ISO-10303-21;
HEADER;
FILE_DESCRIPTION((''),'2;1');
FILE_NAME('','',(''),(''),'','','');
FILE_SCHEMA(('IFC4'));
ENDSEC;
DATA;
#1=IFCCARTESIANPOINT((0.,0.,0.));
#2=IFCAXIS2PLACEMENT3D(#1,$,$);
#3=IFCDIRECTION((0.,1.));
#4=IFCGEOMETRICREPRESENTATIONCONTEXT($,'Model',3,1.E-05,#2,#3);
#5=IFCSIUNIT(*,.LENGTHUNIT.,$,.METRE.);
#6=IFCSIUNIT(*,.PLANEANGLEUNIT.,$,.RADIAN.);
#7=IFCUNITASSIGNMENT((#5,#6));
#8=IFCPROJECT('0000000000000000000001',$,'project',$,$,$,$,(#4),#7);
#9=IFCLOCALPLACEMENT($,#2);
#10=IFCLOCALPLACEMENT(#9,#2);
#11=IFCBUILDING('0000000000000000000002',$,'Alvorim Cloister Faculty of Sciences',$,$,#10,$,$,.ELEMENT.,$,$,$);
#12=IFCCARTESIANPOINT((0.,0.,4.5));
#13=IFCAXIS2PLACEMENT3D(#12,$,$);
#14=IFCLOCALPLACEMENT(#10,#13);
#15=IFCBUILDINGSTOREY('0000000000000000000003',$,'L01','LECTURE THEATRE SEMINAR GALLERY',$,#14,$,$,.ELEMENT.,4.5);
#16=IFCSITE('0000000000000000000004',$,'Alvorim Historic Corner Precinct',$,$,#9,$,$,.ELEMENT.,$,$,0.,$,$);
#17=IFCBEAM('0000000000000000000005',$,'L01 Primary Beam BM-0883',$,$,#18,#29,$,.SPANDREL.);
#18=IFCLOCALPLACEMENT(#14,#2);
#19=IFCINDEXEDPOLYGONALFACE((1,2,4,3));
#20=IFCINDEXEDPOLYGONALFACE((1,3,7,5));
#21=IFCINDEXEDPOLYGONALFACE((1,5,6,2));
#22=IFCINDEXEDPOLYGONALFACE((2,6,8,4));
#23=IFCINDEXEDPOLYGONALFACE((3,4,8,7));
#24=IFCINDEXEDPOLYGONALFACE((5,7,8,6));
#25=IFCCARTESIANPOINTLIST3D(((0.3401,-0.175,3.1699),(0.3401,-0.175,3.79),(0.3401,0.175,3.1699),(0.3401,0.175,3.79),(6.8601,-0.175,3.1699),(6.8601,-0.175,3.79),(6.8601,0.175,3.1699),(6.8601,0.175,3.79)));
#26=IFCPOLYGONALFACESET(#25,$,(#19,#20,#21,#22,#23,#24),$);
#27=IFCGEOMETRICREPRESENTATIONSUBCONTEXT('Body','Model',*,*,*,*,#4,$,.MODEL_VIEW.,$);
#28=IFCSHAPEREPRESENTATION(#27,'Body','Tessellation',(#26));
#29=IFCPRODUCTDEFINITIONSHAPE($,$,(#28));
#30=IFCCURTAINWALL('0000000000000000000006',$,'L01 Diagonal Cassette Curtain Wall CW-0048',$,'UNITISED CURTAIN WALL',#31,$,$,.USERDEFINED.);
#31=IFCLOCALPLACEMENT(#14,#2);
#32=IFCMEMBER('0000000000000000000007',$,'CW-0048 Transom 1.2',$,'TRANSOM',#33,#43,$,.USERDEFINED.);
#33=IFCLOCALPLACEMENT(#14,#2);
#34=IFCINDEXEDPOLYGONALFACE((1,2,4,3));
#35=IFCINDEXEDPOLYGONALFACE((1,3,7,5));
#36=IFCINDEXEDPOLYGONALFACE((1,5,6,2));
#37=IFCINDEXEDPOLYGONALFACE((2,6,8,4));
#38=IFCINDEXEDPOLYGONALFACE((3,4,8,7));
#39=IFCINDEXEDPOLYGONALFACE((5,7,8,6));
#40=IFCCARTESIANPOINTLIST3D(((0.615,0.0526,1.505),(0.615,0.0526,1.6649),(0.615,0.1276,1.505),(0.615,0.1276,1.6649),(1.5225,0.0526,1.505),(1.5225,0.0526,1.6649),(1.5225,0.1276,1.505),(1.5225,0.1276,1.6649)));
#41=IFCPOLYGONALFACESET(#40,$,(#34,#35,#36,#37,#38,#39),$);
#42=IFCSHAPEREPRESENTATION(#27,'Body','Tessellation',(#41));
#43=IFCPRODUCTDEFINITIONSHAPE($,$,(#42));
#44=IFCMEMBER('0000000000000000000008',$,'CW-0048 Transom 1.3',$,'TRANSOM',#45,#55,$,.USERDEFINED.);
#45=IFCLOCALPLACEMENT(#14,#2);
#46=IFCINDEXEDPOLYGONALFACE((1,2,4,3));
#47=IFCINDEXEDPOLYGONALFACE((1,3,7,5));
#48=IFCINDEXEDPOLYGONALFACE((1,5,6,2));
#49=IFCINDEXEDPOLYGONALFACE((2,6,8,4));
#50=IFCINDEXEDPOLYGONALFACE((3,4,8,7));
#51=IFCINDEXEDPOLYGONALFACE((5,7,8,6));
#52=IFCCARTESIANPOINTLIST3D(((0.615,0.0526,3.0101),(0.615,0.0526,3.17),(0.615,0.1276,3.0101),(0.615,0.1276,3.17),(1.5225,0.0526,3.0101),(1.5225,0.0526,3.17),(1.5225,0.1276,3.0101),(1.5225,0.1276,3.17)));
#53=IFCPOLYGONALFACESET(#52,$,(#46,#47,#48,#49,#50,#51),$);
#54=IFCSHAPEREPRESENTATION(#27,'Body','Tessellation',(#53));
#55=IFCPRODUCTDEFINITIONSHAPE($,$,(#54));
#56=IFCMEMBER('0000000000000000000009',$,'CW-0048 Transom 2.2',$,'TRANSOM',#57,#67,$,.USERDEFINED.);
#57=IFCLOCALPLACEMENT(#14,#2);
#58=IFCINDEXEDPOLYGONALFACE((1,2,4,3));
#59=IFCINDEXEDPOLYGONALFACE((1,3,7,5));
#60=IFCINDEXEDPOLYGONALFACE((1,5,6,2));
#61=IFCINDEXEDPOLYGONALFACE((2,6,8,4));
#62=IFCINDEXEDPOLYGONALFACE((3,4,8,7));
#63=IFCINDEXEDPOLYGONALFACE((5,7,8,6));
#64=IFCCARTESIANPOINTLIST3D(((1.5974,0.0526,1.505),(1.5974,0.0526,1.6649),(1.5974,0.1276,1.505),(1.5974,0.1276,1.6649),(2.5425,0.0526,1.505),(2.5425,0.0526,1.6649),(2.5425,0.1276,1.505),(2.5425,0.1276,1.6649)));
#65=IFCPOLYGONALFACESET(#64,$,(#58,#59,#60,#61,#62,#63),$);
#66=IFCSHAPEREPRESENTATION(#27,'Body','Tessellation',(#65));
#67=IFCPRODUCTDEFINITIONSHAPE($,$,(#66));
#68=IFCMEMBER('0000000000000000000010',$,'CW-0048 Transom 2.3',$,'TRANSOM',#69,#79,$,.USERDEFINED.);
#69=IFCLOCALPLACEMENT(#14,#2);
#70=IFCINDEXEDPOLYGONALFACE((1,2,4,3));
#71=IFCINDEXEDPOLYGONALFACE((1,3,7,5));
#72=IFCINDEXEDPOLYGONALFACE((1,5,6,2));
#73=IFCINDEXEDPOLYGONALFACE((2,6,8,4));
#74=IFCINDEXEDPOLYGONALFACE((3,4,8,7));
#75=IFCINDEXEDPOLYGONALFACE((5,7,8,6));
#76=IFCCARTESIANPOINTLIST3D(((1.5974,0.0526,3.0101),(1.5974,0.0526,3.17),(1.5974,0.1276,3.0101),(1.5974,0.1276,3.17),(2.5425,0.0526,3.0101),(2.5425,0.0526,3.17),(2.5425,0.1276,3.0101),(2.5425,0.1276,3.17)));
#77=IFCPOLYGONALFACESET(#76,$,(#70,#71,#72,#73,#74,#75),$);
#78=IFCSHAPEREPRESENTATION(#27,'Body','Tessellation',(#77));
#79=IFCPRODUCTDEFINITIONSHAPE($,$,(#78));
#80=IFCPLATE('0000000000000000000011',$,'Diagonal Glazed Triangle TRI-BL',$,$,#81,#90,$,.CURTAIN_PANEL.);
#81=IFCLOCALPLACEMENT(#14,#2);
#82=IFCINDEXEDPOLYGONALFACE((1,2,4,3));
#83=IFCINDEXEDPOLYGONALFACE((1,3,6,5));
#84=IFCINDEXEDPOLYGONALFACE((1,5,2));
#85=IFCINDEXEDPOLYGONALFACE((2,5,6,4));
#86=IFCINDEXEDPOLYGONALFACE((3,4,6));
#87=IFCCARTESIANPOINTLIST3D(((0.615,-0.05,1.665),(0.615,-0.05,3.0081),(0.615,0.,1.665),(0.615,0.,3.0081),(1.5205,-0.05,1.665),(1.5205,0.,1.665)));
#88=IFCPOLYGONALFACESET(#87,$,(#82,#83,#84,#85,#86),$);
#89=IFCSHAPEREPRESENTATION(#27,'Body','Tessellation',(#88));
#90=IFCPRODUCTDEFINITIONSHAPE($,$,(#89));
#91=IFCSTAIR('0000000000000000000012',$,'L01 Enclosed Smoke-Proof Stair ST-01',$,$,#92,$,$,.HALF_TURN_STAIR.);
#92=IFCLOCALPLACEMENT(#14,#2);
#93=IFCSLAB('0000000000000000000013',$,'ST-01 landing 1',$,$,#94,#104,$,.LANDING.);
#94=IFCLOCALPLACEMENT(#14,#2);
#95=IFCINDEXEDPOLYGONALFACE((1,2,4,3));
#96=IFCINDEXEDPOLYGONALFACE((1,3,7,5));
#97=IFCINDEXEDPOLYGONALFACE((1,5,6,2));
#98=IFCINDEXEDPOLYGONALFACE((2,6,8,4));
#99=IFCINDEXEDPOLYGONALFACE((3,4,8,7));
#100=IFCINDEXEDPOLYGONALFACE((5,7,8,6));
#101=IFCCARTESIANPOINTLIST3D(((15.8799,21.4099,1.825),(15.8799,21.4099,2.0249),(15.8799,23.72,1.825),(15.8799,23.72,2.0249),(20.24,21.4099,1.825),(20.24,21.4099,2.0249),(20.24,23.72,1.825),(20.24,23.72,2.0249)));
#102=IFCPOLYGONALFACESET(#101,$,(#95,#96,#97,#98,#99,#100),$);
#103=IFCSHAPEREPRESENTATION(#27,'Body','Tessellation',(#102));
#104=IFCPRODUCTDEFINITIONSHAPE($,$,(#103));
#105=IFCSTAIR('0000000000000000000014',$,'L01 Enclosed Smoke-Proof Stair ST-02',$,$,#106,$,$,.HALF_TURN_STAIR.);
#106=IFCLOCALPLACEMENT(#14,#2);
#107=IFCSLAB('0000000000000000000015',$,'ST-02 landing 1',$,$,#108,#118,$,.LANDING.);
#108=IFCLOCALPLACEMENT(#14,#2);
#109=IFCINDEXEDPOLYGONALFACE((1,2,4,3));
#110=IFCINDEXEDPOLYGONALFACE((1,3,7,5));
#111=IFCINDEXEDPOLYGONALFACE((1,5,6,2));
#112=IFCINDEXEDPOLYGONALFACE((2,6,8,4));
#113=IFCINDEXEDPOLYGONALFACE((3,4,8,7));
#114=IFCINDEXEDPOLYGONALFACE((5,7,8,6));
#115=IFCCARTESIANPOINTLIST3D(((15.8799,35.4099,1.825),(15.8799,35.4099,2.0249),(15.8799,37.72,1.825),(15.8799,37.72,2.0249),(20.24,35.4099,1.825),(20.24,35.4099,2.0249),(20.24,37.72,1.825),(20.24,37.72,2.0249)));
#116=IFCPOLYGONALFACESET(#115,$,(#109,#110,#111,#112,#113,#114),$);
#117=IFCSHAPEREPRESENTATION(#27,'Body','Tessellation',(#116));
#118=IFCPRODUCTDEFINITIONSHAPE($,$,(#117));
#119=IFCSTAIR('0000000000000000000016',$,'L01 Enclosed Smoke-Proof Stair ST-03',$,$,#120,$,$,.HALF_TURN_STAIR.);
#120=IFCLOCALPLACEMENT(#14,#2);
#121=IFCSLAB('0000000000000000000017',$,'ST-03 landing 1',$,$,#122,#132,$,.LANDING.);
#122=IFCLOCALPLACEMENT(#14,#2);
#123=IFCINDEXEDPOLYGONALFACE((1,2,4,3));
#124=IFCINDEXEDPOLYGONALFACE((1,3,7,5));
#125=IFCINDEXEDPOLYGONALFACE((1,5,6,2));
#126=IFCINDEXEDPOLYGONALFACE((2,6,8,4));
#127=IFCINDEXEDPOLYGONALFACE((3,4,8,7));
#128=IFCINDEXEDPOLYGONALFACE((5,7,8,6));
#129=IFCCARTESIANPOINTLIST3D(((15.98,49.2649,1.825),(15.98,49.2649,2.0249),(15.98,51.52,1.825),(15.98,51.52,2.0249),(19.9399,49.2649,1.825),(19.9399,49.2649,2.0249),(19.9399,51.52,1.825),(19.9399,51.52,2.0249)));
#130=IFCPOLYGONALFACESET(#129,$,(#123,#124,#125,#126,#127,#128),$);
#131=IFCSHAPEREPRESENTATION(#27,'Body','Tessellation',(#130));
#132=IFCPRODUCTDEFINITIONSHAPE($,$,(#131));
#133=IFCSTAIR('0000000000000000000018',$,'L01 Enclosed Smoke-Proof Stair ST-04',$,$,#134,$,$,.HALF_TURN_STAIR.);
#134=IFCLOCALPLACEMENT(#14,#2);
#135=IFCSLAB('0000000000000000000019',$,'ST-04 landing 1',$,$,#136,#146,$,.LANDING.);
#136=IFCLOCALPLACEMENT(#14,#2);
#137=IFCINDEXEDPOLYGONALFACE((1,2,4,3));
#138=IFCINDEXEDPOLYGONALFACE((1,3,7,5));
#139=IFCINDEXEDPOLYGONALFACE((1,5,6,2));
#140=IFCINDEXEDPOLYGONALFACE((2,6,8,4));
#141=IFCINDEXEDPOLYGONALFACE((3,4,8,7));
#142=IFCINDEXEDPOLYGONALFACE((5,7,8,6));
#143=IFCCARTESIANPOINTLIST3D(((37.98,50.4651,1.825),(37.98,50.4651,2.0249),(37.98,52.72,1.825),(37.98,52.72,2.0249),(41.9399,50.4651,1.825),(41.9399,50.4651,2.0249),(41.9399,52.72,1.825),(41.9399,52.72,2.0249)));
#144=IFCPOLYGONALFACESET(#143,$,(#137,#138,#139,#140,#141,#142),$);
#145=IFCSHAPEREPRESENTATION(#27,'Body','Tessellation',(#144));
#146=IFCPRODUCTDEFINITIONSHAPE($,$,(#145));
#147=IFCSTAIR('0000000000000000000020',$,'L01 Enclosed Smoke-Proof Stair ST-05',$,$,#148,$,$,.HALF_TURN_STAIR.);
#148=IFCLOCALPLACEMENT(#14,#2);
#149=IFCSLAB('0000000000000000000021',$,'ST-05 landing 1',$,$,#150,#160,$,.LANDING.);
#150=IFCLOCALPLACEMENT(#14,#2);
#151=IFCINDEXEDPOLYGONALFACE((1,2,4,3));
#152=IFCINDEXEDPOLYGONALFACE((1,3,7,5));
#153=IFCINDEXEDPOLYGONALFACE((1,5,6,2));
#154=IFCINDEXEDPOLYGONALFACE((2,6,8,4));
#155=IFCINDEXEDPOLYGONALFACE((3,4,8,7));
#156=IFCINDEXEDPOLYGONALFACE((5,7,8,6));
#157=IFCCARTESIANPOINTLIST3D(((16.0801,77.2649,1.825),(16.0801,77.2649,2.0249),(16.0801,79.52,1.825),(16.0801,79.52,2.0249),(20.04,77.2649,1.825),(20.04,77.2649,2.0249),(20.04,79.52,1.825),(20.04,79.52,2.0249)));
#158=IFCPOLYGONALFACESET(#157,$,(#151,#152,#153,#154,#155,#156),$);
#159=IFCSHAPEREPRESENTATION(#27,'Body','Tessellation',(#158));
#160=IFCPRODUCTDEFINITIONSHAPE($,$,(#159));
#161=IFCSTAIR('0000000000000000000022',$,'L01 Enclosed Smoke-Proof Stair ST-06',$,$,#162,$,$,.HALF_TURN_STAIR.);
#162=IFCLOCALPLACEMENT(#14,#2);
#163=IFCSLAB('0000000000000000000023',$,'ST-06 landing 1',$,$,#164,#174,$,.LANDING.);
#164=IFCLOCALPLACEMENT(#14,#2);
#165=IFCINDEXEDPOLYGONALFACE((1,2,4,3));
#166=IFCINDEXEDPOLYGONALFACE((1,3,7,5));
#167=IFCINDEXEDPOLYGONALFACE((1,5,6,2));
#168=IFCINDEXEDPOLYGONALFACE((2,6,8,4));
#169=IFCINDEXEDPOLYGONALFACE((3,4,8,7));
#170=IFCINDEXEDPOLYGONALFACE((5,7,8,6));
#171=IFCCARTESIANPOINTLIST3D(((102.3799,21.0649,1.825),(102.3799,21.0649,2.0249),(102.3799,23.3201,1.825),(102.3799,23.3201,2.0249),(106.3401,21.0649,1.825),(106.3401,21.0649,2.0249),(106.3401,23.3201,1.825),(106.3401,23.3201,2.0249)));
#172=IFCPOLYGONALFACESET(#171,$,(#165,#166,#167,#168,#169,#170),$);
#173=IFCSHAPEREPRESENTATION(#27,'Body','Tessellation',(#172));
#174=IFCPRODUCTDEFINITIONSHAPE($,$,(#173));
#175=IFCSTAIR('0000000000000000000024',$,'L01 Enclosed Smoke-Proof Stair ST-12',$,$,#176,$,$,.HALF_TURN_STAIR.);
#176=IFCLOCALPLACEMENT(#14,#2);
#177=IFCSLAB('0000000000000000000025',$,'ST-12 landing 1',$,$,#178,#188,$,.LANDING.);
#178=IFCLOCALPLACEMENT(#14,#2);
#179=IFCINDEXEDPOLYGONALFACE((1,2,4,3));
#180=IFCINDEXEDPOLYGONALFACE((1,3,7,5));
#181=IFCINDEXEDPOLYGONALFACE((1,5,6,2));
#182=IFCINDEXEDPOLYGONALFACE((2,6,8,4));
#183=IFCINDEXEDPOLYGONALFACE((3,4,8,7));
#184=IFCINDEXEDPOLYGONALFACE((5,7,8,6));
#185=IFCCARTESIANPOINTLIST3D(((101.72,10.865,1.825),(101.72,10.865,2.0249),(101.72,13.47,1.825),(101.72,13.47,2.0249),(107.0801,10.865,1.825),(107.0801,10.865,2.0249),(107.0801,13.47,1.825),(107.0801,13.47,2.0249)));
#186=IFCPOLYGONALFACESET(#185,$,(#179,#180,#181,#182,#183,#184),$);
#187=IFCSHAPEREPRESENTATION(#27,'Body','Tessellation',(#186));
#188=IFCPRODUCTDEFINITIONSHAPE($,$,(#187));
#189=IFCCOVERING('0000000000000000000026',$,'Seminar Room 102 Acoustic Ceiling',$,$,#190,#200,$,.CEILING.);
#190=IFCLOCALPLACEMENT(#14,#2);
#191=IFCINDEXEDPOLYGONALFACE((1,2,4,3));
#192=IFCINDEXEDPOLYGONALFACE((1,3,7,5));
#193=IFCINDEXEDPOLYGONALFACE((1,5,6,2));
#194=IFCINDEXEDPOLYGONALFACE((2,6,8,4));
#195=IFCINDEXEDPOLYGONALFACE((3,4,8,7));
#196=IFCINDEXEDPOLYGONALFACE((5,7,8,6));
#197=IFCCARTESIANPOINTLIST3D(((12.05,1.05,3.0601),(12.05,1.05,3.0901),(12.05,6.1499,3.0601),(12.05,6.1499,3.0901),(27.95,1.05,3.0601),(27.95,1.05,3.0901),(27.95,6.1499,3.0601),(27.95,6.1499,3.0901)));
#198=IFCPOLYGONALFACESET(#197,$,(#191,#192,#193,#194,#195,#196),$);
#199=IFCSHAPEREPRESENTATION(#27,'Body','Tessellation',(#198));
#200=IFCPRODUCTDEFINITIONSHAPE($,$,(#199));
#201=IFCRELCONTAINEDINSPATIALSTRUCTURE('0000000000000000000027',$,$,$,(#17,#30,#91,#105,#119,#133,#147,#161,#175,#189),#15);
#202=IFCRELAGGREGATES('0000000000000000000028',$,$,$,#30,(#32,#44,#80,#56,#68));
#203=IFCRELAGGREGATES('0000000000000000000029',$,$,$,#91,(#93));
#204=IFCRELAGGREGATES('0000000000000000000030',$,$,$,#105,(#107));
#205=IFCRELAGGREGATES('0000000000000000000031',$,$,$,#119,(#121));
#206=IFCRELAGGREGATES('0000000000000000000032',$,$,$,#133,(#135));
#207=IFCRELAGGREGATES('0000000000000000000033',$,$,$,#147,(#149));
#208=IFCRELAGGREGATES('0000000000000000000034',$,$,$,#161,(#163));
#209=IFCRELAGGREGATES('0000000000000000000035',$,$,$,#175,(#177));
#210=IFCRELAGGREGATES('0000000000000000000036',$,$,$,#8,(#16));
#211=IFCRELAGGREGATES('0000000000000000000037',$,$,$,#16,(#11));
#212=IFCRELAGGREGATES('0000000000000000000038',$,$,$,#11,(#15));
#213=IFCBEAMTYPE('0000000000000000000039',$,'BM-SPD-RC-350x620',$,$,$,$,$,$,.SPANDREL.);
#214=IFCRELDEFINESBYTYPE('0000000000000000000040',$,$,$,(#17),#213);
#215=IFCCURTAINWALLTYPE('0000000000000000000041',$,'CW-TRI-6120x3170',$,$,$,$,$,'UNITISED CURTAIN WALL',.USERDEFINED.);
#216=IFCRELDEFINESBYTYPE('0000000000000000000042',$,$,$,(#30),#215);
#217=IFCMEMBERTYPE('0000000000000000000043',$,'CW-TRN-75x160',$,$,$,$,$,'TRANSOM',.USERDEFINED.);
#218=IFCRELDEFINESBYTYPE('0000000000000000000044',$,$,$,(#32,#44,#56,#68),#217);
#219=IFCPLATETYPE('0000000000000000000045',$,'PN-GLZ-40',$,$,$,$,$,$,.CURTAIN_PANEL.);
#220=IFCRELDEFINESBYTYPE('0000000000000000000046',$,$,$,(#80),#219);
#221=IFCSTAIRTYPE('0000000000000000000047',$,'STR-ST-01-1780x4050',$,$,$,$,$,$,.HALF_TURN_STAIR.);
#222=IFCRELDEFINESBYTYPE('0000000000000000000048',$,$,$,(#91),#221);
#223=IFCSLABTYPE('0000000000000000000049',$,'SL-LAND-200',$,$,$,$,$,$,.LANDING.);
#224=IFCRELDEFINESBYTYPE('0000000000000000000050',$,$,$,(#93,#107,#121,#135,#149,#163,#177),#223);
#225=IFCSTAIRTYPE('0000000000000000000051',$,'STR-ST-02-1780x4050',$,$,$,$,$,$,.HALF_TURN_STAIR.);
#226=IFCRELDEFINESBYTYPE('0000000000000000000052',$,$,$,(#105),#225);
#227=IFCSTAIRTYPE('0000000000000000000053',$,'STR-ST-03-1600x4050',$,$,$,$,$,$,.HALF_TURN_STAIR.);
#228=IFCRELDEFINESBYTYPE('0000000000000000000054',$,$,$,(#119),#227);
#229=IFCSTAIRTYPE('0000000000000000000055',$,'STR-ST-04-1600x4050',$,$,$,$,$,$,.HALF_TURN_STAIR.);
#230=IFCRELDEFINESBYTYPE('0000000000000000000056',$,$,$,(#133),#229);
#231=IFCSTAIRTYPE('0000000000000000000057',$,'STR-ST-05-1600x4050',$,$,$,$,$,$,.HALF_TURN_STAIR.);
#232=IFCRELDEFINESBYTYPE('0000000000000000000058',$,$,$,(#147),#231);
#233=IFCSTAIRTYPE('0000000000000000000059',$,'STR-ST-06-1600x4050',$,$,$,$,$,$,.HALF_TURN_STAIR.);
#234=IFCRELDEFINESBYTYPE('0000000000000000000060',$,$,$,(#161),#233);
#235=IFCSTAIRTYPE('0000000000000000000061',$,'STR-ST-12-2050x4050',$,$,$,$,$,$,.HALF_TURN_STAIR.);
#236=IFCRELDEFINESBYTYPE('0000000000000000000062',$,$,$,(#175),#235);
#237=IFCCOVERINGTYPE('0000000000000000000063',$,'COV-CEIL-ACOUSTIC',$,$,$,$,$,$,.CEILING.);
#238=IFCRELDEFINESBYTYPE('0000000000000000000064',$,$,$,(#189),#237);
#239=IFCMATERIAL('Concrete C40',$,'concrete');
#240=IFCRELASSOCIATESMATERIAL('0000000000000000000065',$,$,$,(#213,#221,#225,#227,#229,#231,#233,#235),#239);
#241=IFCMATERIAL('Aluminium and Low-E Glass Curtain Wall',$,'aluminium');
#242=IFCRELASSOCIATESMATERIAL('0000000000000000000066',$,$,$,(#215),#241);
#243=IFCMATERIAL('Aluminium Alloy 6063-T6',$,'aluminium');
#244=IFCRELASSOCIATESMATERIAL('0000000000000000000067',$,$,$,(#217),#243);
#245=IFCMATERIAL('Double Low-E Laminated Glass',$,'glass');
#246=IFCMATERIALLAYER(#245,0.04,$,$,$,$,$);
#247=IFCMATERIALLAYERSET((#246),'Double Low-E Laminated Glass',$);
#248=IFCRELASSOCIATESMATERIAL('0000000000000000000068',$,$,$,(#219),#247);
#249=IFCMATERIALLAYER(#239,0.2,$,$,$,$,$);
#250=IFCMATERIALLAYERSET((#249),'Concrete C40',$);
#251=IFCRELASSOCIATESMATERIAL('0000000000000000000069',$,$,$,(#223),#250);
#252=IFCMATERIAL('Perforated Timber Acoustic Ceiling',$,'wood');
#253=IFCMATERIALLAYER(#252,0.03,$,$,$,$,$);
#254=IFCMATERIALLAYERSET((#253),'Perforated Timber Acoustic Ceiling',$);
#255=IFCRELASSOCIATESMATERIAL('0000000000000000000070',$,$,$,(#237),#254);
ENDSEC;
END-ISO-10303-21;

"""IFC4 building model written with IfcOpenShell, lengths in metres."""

from ifc_helpers import new_model, si_unit, direction, frame, origin, origin_2d, place, context, subcontext, project, spatial, polyline, rectangle, outline, extrude, material, layer, layer_set, material_profile, profile_set, type_object, element, aggregate, save


model = new_model("IFC4")

# Units and contexts
model_context = context("Model", 3, precision=1e-05, world=origin(), true_north=direction((0.0, 1.0)))
body_context = subcontext(model_context, "Body", "Model", "MODEL_VIEW")
ifc_project = project(units=[si_unit("LENGTHUNIT", "METRE"), si_unit("PLANEANGLEUNIT", "RADIAN")], contexts=[model_context])

# Site, building, storey
site_placement = place(None, origin())
site = spatial("IfcSite", under=ifc_project, at=site_placement, Name="Alvorim Historic Corner Precinct", CompositionType="ELEMENT", RefElevation=0.0)
building_placement = place(site_placement, origin())
building = spatial("IfcBuilding", under=site, at=building_placement, Name="Alvorim Cloister Faculty of Sciences", CompositionType="ELEMENT")
storey_placement = place(building_placement, frame((0.0, 0.0, 4.5)))
storey = spatial("IfcBuildingStorey", under=building, at=storey_placement, Name="L01", Description="LECTURE THEATRE SEMINAR GALLERY", CompositionType="ELEMENT", Elevation=4.5)

# Beam
ifc_material_1 = material(Name="Concrete C40", Category="concrete")
ifc_material_profile_1 = material_profile(ifc_material_1, rectangle(XDim=0.3501, YDim=0.6201, at=origin_2d()), Name="RC40-SPD-350x620")
ifc_profile_set_1 = profile_set([ifc_material_profile_1], Name="Concrete C40")
beam_type = type_object("IfcBeamType", Name="BM-SPD-RC-350x620", PredefinedType="SPANDREL", material=ifc_profile_set_1)
beam_placement = place(storey_placement, frame((0.3401, 0.0, 3.48), z_axis=(1.0, 0.0, 0.0), x_axis=(0.0, 1.0, 0.0)))
element("IfcBeam", 1, at=beam_placement, inside=storey, type_object=beam_type, Name="L01 Primary Beam BM-0883", PredefinedType="SPANDREL", context=body_context, shape_type="SweptSolid", body=[
    extrude(rectangle(XDim=0.3501, YDim=0.6201, at=origin_2d()), origin(), (0.0, 0.0, 1.0), 6.52),
])

# Curtain wall, members, plate
ifc_material_2 = material(Name="Aluminium and Low-E Glass Curtain Wall", Category="aluminium")
curtain_wall_type = type_object("IfcCurtainWallType", Name="CW-TRI-6120x3170", ElementType="UNITISED CURTAIN WALL", PredefinedType="USERDEFINED", material=ifc_material_2)
curtain_wall_placement = place(storey_placement, origin())
curtain_wall = element("IfcCurtainWall", 2, at=curtain_wall_placement, inside=storey, type_object=curtain_wall_type, Name="L01 Diagonal Cassette Curtain Wall CW-0048", ObjectType="UNITISED CURTAIN WALL", PredefinedType="USERDEFINED")
ifc_material_3 = material(Name="Aluminium Alloy 6063-T6", Category="aluminium")
ifc_material_profile_2 = material_profile(ifc_material_3, rectangle(XDim=0.075, YDim=0.1599, at=origin_2d()), Name="ALU-TRN-75x160")
ifc_profile_set_2 = profile_set([ifc_material_profile_2], Name="Aluminium Alloy 6063-T6")
member_type = type_object("IfcMemberType", Name="CW-TRN-75x160", ElementType="TRANSOM", PredefinedType="USERDEFINED", material=ifc_profile_set_2)
member_1_placement = place(storey_placement, frame((0.615, 0.0901, 1.585), z_axis=(1.0, 0.0, 0.0), x_axis=(0.0, 1.0, 0.0)))
member_1 = element("IfcMember", 3, at=member_1_placement, type_object=member_type, Name="CW-0048 Transom 1.2", ObjectType="TRANSOM", PredefinedType="USERDEFINED", context=body_context, shape_type="SweptSolid", body=[
    extrude(rectangle(XDim=0.075, YDim=0.1599, at=origin_2d()), origin(), (0.0, 0.0, 1.0), 0.9075),
])
member_2_placement = place(storey_placement, frame((0.615, 0.0901, 3.0901), z_axis=(1.0, 0.0, 0.0), x_axis=(0.0, 1.0, 0.0)))
member_2 = element("IfcMember", 4, at=member_2_placement, type_object=member_type, Name="CW-0048 Transom 1.3", ObjectType="TRANSOM", PredefinedType="USERDEFINED", context=body_context, shape_type="SweptSolid", body=[
    extrude(rectangle(XDim=0.075, YDim=0.1599, at=origin_2d()), origin(), (0.0, 0.0, 1.0), 0.9075),
])
member_3_placement = place(storey_placement, frame((1.5974, 0.0901, 1.585), z_axis=(1.0, 0.0, 0.0), x_axis=(0.0, 1.0, 0.0)))
member_3 = element("IfcMember", 5, at=member_3_placement, type_object=member_type, Name="CW-0048 Transom 2.2", ObjectType="TRANSOM", PredefinedType="USERDEFINED", context=body_context, shape_type="SweptSolid", body=[
    extrude(rectangle(XDim=0.075, YDim=0.1599, at=origin_2d()), origin(), (0.0, 0.0, 1.0), 0.9451),
])
member_4_placement = place(storey_placement, frame((1.5974, 0.0901, 3.0901), z_axis=(1.0, 0.0, 0.0), x_axis=(0.0, 1.0, 0.0)))
member_4 = element("IfcMember", 6, at=member_4_placement, type_object=member_type, Name="CW-0048 Transom 2.3", ObjectType="TRANSOM", PredefinedType="USERDEFINED", context=body_context, shape_type="SweptSolid", body=[
    extrude(rectangle(XDim=0.075, YDim=0.1599, at=origin_2d()), origin(), (0.0, 0.0, 1.0), 0.9451),
])
ifc_material_4 = material(Name="Double Low-E Laminated Glass", Category="glass")
ifc_layer_1 = layer(ifc_material_4, 0.04)
ifc_layer_set_1 = layer_set([ifc_layer_1], Name="Double Low-E Laminated Glass")
plate_type = type_object("IfcPlateType", Name="PN-GLZ-40", PredefinedType="CURTAIN_PANEL", material=ifc_layer_set_1)
plate_1_placement = place(storey_placement, frame((0.615, -0.0249, 1.665), z_axis=(0.0, 0.0, 1.0), x_axis=(1.0, 0.0, 0.0)))
plate_1 = element("IfcPlate", 7, at=plate_1_placement, type_object=plate_type, Name="Diagonal Glazed Triangle TRI-BL", PredefinedType="CURTAIN_PANEL", context=body_context, shape_type="SweptSolid", body=[
    extrude(outline(polyline([(0.0, 0.0), (0.9055, 0.0), (0.0, 1.343), (0.0, 0.0)])), frame((0.0, 0.0249, 0.0), z_axis=(0.0, -1.0, 0.0), x_axis=(1.0, 0.0, 0.0)), (0.0, 0.0, 1.0), 0.05),
])
aggregate(curtain_wall, [member_1, member_2, plate_1, member_3, member_4])

# Stairs, slabs
stair_type_1 = type_object("IfcStairType", Name="STR-ST-01-1780x4050", PredefinedType="HALF_TURN_STAIR", material=ifc_material_1)
stair_1_placement = place(storey_placement, origin())
stair_1 = element("IfcStair", 8, at=stair_1_placement, inside=storey, type_object=stair_type_1, Name="L01 Enclosed Smoke-Proof Stair ST-01", PredefinedType="HALF_TURN_STAIR")
ifc_layer_2 = layer(ifc_material_1, 0.2)
ifc_layer_set_2 = layer_set([ifc_layer_2], Name="Concrete C40")
slab_type = type_object("IfcSlabType", Name="SL-LAND-200", PredefinedType="LANDING", material=ifc_layer_set_2)
slab_1_placement = place(storey_placement, frame((0.0, 0.0, 1.825)))
slab_1 = element("IfcSlab", 9, at=slab_1_placement, type_object=slab_type, Name="ST-01 landing 1", PredefinedType="LANDING", context=body_context, shape_type="SweptSolid", body=[
    extrude(outline(polyline([(20.24, 21.4099), (20.24, 23.72), (15.8799, 23.72), (15.8799, 21.4099), (20.24, 21.4099)])), origin(), (0.0, 0.0, 1.0), 0.2),
])
aggregate(stair_1, [slab_1])
stair_type_2 = type_object("IfcStairType", Name="STR-ST-02-1780x4050", PredefinedType="HALF_TURN_STAIR", material=ifc_material_1)
stair_2_placement = place(storey_placement, origin())
stair_2 = element("IfcStair", 10, at=stair_2_placement, inside=storey, type_object=stair_type_2, Name="L01 Enclosed Smoke-Proof Stair ST-02", PredefinedType="HALF_TURN_STAIR")
slab_2_placement = place(storey_placement, frame((0.0, 0.0, 1.825)))
slab_2 = element("IfcSlab", 11, at=slab_2_placement, type_object=slab_type, Name="ST-02 landing 1", PredefinedType="LANDING", context=body_context, shape_type="SweptSolid", body=[
    extrude(outline(polyline([(20.24, 35.4099), (20.24, 37.72), (15.8799, 37.72), (15.8799, 35.4099), (20.24, 35.4099)])), origin(), (0.0, 0.0, 1.0), 0.2),
])
aggregate(stair_2, [slab_2])
stair_type_3 = type_object("IfcStairType", Name="STR-ST-03-1600x4050", PredefinedType="HALF_TURN_STAIR", material=ifc_material_1)
stair_3_placement = place(storey_placement, origin())
stair_3 = element("IfcStair", 12, at=stair_3_placement, inside=storey, type_object=stair_type_3, Name="L01 Enclosed Smoke-Proof Stair ST-03", PredefinedType="HALF_TURN_STAIR")
slab_3_placement = place(storey_placement, frame((0.0, 0.0, 1.825)))
slab_3 = element("IfcSlab", 13, at=slab_3_placement, type_object=slab_type, Name="ST-03 landing 1", PredefinedType="LANDING", context=body_context, shape_type="SweptSolid", body=[
    extrude(outline(polyline([(19.9399, 49.2649), (19.9399, 51.52), (15.98, 51.52), (15.98, 49.2649), (19.9399, 49.2649)])), origin(), (0.0, 0.0, 1.0), 0.2),
])
aggregate(stair_3, [slab_3])
stair_type_4 = type_object("IfcStairType", Name="STR-ST-04-1600x4050", PredefinedType="HALF_TURN_STAIR", material=ifc_material_1)
stair_4_placement = place(storey_placement, origin())
stair_4 = element("IfcStair", 14, at=stair_4_placement, inside=storey, type_object=stair_type_4, Name="L01 Enclosed Smoke-Proof Stair ST-04", PredefinedType="HALF_TURN_STAIR")
slab_4_placement = place(storey_placement, frame((0.0, 0.0, 1.825)))
slab_4 = element("IfcSlab", 15, at=slab_4_placement, type_object=slab_type, Name="ST-04 landing 1", PredefinedType="LANDING", context=body_context, shape_type="SweptSolid", body=[
    extrude(outline(polyline([(41.9399, 50.4651), (41.9399, 52.72), (37.98, 52.72), (37.98, 50.4651), (41.9399, 50.4651)])), origin(), (0.0, 0.0, 1.0), 0.2),
])
aggregate(stair_4, [slab_4])
stair_type_5 = type_object("IfcStairType", Name="STR-ST-05-1600x4050", PredefinedType="HALF_TURN_STAIR", material=ifc_material_1)
stair_5_placement = place(storey_placement, origin())
stair_5 = element("IfcStair", 16, at=stair_5_placement, inside=storey, type_object=stair_type_5, Name="L01 Enclosed Smoke-Proof Stair ST-05", PredefinedType="HALF_TURN_STAIR")
slab_5_placement = place(storey_placement, frame((0.0, 0.0, 1.825)))
slab_5 = element("IfcSlab", 17, at=slab_5_placement, type_object=slab_type, Name="ST-05 landing 1", PredefinedType="LANDING", context=body_context, shape_type="SweptSolid", body=[
    extrude(outline(polyline([(20.04, 77.2649), (20.04, 79.52), (16.0801, 79.52), (16.0801, 77.2649), (20.04, 77.2649)])), origin(), (0.0, 0.0, 1.0), 0.2),
])
aggregate(stair_5, [slab_5])
stair_type_6 = type_object("IfcStairType", Name="STR-ST-06-1600x4050", PredefinedType="HALF_TURN_STAIR", material=ifc_material_1)
stair_6_placement = place(storey_placement, origin())
stair_6 = element("IfcStair", 18, at=stair_6_placement, inside=storey, type_object=stair_type_6, Name="L01 Enclosed Smoke-Proof Stair ST-06", PredefinedType="HALF_TURN_STAIR")
slab_6_placement = place(storey_placement, frame((0.0, 0.0, 1.825)))
slab_6 = element("IfcSlab", 19, at=slab_6_placement, type_object=slab_type, Name="ST-06 landing 1", PredefinedType="LANDING", context=body_context, shape_type="SweptSolid", body=[
    extrude(outline(polyline([(106.3401, 21.0649), (106.3401, 23.3201), (102.3799, 23.3201), (102.3799, 21.0649), (106.3401, 21.0649)])), origin(), (0.0, 0.0, 1.0), 0.2),
])
aggregate(stair_6, [slab_6])
stair_type_7 = type_object("IfcStairType", Name="STR-ST-12-2050x4050", PredefinedType="HALF_TURN_STAIR", material=ifc_material_1)
stair_7_placement = place(storey_placement, origin())
stair_7 = element("IfcStair", 20, at=stair_7_placement, inside=storey, type_object=stair_type_7, Name="L01 Enclosed Smoke-Proof Stair ST-12", PredefinedType="HALF_TURN_STAIR")
slab_7_placement = place(storey_placement, frame((0.0, 0.0, 1.825)))
slab_7 = element("IfcSlab", 21, at=slab_7_placement, type_object=slab_type, Name="ST-12 landing 1", PredefinedType="LANDING", context=body_context, shape_type="SweptSolid", body=[
    extrude(outline(polyline([(107.0801, 10.865), (107.0801, 13.47), (101.72, 13.47), (101.72, 10.865), (107.0801, 10.865)])), origin(), (0.0, 0.0, 1.0), 0.2),
])
aggregate(stair_7, [slab_7])

# Covering
ifc_material_5 = material(Name="Perforated Timber Acoustic Ceiling", Category="wood")
ifc_layer_3 = layer(ifc_material_5, 0.03)
ifc_layer_set_3 = layer_set([ifc_layer_3], Name="Perforated Timber Acoustic Ceiling")
covering_type_1 = type_object("IfcCoveringType", Name="COV-CEIL-ACOUSTIC", PredefinedType="CEILING", material=ifc_layer_set_3)
covering_1_placement = place(storey_placement, frame((0.0, 0.0, 3.0601)))
element("IfcCovering", 22, at=covering_1_placement, inside=storey, type_object=covering_type_1, Name="Seminar Room 102 Acoustic Ceiling", PredefinedType="CEILING", context=body_context, shape_type="SweptSolid", body=[
    extrude(outline(polyline([(12.05, 1.05), (27.95, 1.05), (27.95, 6.1499), (12.05, 6.1499), (12.05, 1.05)])), origin(), (0.0, 0.0, 1.0), 0.03),
])

save(model, "model.ifc")
